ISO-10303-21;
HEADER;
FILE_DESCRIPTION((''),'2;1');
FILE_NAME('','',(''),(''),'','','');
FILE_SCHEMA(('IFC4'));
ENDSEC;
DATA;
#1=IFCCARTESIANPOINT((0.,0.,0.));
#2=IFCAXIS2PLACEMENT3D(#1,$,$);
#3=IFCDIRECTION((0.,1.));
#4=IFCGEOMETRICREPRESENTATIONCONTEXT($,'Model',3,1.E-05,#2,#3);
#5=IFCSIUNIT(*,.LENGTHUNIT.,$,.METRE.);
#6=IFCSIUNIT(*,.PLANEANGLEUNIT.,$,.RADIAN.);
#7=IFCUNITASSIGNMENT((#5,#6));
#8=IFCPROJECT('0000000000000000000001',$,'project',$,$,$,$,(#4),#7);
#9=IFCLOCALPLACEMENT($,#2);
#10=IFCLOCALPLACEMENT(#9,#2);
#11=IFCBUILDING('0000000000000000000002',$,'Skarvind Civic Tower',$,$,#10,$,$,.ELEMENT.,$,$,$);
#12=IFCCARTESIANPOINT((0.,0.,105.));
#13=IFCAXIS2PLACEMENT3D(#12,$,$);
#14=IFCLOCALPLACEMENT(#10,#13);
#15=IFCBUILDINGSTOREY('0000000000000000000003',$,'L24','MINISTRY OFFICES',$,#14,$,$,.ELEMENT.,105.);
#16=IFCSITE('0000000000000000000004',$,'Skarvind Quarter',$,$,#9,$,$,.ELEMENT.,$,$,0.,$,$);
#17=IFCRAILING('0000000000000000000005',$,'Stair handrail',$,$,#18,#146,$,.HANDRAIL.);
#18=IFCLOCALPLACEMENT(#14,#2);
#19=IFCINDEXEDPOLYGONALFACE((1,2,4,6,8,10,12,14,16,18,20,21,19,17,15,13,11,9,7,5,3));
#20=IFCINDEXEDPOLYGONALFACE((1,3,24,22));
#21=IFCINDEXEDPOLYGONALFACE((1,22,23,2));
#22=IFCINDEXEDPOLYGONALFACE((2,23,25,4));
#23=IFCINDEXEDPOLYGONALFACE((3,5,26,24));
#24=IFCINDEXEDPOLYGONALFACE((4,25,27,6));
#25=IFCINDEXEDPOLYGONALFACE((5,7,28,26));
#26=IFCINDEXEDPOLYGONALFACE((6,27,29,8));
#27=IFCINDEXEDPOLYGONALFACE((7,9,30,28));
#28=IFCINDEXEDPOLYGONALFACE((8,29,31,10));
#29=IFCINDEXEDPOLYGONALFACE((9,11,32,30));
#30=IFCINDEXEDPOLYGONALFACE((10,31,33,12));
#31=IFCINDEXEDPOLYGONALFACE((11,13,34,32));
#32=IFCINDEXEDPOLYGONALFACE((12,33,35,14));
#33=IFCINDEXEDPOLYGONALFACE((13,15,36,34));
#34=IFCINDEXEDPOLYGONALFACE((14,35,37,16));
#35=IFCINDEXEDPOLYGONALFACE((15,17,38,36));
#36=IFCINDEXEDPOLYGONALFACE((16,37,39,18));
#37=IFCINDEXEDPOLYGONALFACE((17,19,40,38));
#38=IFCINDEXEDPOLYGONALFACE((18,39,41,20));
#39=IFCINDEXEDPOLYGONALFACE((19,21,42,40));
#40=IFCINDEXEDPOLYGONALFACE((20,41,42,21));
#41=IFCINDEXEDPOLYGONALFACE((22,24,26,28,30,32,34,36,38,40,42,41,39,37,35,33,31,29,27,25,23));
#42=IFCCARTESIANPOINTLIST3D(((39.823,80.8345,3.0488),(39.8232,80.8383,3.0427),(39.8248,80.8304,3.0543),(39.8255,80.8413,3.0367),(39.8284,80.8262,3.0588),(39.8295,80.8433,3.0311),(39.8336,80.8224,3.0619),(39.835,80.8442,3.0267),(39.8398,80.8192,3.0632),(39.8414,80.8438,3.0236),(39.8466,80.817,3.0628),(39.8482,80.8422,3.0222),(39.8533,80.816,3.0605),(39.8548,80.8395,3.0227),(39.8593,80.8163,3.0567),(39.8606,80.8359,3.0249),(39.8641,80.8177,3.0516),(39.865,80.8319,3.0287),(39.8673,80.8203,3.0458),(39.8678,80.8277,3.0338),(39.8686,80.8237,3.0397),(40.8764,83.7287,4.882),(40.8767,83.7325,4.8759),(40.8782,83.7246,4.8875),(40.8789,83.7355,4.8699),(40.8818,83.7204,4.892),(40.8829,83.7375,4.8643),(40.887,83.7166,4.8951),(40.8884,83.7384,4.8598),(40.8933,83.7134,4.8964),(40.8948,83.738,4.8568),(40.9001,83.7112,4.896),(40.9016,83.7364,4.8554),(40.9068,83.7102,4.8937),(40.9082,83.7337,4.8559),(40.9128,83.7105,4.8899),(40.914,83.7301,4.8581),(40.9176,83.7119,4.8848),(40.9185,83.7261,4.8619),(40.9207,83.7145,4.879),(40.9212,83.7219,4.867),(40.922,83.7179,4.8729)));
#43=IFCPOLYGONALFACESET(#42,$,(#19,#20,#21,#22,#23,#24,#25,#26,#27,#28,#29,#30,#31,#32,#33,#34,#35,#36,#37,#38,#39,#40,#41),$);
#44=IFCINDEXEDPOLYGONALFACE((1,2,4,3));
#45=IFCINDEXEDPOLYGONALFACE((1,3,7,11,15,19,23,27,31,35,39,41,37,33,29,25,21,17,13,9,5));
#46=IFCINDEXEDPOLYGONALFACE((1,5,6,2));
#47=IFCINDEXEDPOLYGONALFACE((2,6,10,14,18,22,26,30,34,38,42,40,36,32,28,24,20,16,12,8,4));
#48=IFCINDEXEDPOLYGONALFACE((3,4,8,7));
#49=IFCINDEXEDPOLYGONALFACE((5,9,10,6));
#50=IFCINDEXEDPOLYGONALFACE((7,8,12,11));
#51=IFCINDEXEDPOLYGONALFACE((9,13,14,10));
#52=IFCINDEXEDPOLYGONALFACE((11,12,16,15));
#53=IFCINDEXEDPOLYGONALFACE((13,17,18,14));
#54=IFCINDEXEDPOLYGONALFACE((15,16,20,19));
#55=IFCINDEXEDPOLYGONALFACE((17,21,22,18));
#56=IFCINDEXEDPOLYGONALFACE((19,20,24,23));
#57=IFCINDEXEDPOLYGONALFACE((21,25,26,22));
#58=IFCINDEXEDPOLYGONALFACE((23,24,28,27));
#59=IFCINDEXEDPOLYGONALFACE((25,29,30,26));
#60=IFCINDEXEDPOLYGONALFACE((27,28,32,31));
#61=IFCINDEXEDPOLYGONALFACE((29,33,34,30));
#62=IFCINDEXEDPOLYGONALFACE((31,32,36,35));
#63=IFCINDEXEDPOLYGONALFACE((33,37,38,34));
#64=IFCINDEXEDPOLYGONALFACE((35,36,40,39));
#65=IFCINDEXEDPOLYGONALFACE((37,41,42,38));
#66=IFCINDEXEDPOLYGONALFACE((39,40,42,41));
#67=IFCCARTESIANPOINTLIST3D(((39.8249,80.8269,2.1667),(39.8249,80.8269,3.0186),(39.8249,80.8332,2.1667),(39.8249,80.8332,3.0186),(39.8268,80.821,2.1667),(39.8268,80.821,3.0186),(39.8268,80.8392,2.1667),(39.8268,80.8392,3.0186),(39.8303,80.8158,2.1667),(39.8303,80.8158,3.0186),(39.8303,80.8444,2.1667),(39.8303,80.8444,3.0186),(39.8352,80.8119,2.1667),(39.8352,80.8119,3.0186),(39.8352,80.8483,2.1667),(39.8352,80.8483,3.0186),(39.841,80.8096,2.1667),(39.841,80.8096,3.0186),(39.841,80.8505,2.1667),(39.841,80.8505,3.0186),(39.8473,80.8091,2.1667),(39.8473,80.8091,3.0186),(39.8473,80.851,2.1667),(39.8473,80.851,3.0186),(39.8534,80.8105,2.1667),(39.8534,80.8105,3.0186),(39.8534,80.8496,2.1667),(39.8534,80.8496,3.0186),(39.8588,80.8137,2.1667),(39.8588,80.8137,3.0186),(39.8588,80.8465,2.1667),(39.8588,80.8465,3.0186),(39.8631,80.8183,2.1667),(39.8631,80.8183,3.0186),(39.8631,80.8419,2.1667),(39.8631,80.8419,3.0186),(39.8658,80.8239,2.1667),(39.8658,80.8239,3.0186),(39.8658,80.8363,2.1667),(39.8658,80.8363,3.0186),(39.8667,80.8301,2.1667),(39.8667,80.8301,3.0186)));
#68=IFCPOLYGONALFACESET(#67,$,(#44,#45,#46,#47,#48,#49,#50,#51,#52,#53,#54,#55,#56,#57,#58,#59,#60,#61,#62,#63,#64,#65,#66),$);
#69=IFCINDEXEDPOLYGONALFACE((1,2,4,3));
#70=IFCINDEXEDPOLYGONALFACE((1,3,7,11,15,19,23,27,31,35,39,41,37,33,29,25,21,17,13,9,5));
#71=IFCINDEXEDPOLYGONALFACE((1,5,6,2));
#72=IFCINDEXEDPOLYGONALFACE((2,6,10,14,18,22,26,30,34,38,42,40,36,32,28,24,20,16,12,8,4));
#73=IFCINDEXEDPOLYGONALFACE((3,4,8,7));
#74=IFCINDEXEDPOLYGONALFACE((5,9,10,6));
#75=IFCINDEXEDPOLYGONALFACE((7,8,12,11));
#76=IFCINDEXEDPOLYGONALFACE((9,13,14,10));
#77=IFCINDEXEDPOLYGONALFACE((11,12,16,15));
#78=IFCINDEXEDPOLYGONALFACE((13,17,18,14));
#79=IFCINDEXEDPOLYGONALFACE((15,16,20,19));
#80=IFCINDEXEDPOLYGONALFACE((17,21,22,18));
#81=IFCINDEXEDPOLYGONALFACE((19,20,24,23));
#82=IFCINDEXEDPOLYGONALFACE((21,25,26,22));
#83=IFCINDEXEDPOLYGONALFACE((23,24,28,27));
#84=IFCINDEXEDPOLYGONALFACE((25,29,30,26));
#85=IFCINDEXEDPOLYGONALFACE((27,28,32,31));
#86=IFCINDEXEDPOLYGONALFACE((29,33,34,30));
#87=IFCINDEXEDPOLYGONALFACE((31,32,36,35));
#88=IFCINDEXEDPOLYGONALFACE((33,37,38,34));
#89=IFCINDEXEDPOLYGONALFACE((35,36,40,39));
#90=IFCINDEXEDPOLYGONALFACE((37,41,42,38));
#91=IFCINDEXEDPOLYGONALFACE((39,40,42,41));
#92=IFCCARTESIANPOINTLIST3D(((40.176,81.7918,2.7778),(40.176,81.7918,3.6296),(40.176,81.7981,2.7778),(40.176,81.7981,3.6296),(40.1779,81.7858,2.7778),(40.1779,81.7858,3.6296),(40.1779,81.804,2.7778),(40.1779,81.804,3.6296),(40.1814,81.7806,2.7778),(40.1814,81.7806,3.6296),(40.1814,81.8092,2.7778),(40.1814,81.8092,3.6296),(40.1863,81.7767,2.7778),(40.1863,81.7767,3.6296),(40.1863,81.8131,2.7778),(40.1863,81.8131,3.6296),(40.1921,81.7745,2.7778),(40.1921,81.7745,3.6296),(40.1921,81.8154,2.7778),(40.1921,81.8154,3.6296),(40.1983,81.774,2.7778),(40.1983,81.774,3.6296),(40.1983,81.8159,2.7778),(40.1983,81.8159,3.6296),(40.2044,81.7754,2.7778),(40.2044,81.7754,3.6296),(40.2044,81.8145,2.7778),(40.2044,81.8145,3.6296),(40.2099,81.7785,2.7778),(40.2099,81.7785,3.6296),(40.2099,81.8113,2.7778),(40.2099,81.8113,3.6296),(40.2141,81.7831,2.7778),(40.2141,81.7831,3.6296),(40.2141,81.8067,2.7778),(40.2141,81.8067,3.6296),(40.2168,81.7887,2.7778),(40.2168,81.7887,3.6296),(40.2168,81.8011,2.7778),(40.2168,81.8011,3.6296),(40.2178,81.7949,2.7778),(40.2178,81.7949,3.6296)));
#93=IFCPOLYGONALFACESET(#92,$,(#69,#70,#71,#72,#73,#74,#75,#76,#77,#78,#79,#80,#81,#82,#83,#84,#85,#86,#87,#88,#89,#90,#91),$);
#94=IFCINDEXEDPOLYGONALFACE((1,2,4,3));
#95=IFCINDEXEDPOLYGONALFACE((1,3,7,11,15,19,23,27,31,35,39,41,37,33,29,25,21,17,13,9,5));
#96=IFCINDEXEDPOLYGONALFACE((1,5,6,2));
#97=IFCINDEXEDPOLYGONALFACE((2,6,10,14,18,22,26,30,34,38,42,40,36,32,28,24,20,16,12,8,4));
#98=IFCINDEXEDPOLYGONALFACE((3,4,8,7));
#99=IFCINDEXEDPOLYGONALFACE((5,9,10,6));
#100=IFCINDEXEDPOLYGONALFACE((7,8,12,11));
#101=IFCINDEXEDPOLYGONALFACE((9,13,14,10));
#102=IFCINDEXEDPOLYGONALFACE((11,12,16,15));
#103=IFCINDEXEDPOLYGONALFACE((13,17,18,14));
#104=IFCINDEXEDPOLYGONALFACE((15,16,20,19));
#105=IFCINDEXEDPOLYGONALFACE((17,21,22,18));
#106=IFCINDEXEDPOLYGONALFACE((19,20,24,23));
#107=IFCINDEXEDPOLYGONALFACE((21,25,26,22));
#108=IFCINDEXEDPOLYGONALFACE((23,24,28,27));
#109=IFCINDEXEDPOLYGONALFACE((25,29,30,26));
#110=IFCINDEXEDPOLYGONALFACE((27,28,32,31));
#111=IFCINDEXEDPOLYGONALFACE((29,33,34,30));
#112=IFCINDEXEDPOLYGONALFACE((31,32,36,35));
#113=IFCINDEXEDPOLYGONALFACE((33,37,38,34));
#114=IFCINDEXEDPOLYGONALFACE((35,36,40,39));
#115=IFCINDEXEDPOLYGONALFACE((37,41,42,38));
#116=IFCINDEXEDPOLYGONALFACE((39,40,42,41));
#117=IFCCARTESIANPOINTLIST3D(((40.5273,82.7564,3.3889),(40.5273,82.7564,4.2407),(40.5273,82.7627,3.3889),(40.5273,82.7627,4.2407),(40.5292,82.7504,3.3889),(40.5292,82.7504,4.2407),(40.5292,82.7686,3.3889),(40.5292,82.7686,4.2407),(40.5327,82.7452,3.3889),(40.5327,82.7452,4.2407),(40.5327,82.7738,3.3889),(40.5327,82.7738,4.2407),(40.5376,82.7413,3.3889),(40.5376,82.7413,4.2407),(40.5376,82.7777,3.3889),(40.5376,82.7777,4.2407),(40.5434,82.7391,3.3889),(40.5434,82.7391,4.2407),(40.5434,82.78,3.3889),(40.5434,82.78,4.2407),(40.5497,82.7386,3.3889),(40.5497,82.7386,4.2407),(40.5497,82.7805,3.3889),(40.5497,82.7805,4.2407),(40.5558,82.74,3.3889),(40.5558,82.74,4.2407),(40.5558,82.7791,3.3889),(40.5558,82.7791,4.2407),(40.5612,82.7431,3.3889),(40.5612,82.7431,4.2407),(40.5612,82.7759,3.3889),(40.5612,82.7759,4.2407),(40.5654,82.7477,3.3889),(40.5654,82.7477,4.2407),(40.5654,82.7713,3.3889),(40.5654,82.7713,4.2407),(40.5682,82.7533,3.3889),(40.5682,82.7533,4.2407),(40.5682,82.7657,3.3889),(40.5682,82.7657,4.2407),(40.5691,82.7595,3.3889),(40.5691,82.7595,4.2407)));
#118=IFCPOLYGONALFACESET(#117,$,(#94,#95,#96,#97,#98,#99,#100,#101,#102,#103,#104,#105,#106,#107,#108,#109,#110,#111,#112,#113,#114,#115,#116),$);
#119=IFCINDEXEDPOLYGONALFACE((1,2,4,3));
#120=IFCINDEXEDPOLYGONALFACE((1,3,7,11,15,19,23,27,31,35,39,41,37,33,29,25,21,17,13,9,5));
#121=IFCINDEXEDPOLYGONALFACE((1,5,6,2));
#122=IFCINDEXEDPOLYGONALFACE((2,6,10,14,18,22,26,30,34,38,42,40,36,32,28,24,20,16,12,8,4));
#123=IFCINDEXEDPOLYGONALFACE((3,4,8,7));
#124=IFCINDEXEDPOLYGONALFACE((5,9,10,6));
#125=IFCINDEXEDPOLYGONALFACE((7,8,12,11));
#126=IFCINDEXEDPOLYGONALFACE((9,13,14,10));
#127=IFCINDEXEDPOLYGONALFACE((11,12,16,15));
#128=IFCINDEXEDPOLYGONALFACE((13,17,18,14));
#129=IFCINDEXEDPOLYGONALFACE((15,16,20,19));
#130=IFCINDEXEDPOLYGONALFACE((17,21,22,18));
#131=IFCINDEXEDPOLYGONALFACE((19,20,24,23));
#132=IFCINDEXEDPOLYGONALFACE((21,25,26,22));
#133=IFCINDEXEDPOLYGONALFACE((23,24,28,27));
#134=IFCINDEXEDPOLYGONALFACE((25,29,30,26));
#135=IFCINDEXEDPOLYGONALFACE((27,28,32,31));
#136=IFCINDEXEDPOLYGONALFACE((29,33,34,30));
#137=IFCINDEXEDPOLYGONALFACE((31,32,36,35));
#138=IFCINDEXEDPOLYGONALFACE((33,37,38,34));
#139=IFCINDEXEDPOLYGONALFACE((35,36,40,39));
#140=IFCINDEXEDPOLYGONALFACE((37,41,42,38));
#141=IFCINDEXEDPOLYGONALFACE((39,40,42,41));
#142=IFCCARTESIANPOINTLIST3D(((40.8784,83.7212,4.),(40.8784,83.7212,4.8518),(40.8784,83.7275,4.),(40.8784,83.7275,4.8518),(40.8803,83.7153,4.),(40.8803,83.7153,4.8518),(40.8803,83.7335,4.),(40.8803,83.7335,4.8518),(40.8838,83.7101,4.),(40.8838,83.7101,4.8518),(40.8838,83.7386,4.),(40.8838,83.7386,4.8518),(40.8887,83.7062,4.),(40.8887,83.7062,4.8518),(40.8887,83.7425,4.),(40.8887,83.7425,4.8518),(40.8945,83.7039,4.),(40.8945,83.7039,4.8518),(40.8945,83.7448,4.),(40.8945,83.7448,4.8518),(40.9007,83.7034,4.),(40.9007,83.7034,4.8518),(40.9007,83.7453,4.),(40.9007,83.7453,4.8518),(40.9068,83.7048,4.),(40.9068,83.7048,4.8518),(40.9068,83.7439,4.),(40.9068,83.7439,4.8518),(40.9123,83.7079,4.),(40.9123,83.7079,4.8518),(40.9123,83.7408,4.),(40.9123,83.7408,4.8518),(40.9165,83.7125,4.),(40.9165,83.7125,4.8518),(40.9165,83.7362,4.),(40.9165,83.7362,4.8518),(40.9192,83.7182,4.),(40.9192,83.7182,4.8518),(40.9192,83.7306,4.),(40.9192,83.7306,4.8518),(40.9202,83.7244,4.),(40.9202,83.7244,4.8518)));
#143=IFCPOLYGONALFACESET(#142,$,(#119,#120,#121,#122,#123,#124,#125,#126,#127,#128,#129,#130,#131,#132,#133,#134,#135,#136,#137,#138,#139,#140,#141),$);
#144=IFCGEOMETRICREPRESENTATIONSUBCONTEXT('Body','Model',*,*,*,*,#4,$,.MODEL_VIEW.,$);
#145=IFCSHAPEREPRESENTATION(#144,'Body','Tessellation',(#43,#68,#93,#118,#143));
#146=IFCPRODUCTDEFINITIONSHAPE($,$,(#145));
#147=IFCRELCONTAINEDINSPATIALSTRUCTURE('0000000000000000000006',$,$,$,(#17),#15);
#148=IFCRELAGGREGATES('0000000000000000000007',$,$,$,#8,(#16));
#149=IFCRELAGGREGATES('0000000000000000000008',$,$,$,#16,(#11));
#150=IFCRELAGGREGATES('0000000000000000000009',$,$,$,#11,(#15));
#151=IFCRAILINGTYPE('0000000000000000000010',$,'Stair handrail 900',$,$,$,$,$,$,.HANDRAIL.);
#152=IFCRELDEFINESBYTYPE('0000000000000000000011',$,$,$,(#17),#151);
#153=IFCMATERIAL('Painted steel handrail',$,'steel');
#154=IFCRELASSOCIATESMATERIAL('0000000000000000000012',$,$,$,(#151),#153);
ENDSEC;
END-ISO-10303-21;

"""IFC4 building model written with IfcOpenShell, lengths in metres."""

from ifc_helpers import new_model, si_unit, direction, frame, origin, origin_2d, place, context, subcontext, project, spatial, circle, extrude, material, type_object, element, save


model = new_model("IFC4")

# Units and contexts
model_context = context("Model", 3, precision=1e-05, world=origin(), true_north=direction((0.0, 1.0)))
body_context = subcontext(model_context, "Body", "Model", "MODEL_VIEW")
ifc_project = project(units=[si_unit("LENGTHUNIT", "METRE"), si_unit("PLANEANGLEUNIT", "RADIAN")], contexts=[model_context])

# Site, building, storey
site_placement = place(None, origin())
site = spatial("IfcSite", under=ifc_project, at=site_placement, Name="Skarvind Quarter", CompositionType="ELEMENT", RefElevation=0.0)
building_placement = place(site_placement, origin())
building = spatial("IfcBuilding", under=site, at=building_placement, Name="Skarvind Civic Tower", CompositionType="ELEMENT")
storey_placement = place(building_placement, frame((0.0, 0.0, 105.0)))
storey = spatial("IfcBuildingStorey", under=building, at=storey_placement, Name="L24", Description="MINISTRY OFFICES", CompositionType="ELEMENT", Elevation=105.0)

# Railing
ifc_material_1 = material(Name="Painted steel handrail", Category="steel")
railing_type = type_object("IfcRailingType", Name="Stair handrail 900", PredefinedType="HANDRAIL", material=ifc_material_1)
railing_1_placement = place(storey_placement, frame((39.8457, 80.8301, 2.1667)))
element("IfcRailing", 1, at=railing_1_placement, inside=storey, type_object=railing_type, Name="Stair handrail", PredefinedType="HANDRAIL", context=body_context, shape_type="SweptSolid", body=[
    extrude(circle(Radius=0.0239, at=origin_2d()), frame((0.0, 0.0, 0.876), z_axis=(0.293908, 0.807481, 0.511461), x_axis=(-0.939689, 0.342029, 0.0)), (0.0, 0.0, 1.0), 3.5842),
    extrude(circle(Radius=0.021, at=origin_2d()), origin(), (0.0, 0.0, 1.0), 0.8518),
    extrude(circle(Radius=0.021, at=origin_2d()), frame((0.3511, 0.9648, 0.6111)), (0.0, 0.0, 1.0), 0.8518),
    extrude(circle(Radius=0.021, at=origin_2d()), frame((0.7024, 1.9294, 1.2222)), (0.0, 0.0, 1.0), 0.8518),
    extrude(circle(Radius=0.021, at=origin_2d()), frame((1.0535, 2.8943, 1.8333)), (0.0, 0.0, 1.0), 0.8518),
])

save(model, "model.ifc")
